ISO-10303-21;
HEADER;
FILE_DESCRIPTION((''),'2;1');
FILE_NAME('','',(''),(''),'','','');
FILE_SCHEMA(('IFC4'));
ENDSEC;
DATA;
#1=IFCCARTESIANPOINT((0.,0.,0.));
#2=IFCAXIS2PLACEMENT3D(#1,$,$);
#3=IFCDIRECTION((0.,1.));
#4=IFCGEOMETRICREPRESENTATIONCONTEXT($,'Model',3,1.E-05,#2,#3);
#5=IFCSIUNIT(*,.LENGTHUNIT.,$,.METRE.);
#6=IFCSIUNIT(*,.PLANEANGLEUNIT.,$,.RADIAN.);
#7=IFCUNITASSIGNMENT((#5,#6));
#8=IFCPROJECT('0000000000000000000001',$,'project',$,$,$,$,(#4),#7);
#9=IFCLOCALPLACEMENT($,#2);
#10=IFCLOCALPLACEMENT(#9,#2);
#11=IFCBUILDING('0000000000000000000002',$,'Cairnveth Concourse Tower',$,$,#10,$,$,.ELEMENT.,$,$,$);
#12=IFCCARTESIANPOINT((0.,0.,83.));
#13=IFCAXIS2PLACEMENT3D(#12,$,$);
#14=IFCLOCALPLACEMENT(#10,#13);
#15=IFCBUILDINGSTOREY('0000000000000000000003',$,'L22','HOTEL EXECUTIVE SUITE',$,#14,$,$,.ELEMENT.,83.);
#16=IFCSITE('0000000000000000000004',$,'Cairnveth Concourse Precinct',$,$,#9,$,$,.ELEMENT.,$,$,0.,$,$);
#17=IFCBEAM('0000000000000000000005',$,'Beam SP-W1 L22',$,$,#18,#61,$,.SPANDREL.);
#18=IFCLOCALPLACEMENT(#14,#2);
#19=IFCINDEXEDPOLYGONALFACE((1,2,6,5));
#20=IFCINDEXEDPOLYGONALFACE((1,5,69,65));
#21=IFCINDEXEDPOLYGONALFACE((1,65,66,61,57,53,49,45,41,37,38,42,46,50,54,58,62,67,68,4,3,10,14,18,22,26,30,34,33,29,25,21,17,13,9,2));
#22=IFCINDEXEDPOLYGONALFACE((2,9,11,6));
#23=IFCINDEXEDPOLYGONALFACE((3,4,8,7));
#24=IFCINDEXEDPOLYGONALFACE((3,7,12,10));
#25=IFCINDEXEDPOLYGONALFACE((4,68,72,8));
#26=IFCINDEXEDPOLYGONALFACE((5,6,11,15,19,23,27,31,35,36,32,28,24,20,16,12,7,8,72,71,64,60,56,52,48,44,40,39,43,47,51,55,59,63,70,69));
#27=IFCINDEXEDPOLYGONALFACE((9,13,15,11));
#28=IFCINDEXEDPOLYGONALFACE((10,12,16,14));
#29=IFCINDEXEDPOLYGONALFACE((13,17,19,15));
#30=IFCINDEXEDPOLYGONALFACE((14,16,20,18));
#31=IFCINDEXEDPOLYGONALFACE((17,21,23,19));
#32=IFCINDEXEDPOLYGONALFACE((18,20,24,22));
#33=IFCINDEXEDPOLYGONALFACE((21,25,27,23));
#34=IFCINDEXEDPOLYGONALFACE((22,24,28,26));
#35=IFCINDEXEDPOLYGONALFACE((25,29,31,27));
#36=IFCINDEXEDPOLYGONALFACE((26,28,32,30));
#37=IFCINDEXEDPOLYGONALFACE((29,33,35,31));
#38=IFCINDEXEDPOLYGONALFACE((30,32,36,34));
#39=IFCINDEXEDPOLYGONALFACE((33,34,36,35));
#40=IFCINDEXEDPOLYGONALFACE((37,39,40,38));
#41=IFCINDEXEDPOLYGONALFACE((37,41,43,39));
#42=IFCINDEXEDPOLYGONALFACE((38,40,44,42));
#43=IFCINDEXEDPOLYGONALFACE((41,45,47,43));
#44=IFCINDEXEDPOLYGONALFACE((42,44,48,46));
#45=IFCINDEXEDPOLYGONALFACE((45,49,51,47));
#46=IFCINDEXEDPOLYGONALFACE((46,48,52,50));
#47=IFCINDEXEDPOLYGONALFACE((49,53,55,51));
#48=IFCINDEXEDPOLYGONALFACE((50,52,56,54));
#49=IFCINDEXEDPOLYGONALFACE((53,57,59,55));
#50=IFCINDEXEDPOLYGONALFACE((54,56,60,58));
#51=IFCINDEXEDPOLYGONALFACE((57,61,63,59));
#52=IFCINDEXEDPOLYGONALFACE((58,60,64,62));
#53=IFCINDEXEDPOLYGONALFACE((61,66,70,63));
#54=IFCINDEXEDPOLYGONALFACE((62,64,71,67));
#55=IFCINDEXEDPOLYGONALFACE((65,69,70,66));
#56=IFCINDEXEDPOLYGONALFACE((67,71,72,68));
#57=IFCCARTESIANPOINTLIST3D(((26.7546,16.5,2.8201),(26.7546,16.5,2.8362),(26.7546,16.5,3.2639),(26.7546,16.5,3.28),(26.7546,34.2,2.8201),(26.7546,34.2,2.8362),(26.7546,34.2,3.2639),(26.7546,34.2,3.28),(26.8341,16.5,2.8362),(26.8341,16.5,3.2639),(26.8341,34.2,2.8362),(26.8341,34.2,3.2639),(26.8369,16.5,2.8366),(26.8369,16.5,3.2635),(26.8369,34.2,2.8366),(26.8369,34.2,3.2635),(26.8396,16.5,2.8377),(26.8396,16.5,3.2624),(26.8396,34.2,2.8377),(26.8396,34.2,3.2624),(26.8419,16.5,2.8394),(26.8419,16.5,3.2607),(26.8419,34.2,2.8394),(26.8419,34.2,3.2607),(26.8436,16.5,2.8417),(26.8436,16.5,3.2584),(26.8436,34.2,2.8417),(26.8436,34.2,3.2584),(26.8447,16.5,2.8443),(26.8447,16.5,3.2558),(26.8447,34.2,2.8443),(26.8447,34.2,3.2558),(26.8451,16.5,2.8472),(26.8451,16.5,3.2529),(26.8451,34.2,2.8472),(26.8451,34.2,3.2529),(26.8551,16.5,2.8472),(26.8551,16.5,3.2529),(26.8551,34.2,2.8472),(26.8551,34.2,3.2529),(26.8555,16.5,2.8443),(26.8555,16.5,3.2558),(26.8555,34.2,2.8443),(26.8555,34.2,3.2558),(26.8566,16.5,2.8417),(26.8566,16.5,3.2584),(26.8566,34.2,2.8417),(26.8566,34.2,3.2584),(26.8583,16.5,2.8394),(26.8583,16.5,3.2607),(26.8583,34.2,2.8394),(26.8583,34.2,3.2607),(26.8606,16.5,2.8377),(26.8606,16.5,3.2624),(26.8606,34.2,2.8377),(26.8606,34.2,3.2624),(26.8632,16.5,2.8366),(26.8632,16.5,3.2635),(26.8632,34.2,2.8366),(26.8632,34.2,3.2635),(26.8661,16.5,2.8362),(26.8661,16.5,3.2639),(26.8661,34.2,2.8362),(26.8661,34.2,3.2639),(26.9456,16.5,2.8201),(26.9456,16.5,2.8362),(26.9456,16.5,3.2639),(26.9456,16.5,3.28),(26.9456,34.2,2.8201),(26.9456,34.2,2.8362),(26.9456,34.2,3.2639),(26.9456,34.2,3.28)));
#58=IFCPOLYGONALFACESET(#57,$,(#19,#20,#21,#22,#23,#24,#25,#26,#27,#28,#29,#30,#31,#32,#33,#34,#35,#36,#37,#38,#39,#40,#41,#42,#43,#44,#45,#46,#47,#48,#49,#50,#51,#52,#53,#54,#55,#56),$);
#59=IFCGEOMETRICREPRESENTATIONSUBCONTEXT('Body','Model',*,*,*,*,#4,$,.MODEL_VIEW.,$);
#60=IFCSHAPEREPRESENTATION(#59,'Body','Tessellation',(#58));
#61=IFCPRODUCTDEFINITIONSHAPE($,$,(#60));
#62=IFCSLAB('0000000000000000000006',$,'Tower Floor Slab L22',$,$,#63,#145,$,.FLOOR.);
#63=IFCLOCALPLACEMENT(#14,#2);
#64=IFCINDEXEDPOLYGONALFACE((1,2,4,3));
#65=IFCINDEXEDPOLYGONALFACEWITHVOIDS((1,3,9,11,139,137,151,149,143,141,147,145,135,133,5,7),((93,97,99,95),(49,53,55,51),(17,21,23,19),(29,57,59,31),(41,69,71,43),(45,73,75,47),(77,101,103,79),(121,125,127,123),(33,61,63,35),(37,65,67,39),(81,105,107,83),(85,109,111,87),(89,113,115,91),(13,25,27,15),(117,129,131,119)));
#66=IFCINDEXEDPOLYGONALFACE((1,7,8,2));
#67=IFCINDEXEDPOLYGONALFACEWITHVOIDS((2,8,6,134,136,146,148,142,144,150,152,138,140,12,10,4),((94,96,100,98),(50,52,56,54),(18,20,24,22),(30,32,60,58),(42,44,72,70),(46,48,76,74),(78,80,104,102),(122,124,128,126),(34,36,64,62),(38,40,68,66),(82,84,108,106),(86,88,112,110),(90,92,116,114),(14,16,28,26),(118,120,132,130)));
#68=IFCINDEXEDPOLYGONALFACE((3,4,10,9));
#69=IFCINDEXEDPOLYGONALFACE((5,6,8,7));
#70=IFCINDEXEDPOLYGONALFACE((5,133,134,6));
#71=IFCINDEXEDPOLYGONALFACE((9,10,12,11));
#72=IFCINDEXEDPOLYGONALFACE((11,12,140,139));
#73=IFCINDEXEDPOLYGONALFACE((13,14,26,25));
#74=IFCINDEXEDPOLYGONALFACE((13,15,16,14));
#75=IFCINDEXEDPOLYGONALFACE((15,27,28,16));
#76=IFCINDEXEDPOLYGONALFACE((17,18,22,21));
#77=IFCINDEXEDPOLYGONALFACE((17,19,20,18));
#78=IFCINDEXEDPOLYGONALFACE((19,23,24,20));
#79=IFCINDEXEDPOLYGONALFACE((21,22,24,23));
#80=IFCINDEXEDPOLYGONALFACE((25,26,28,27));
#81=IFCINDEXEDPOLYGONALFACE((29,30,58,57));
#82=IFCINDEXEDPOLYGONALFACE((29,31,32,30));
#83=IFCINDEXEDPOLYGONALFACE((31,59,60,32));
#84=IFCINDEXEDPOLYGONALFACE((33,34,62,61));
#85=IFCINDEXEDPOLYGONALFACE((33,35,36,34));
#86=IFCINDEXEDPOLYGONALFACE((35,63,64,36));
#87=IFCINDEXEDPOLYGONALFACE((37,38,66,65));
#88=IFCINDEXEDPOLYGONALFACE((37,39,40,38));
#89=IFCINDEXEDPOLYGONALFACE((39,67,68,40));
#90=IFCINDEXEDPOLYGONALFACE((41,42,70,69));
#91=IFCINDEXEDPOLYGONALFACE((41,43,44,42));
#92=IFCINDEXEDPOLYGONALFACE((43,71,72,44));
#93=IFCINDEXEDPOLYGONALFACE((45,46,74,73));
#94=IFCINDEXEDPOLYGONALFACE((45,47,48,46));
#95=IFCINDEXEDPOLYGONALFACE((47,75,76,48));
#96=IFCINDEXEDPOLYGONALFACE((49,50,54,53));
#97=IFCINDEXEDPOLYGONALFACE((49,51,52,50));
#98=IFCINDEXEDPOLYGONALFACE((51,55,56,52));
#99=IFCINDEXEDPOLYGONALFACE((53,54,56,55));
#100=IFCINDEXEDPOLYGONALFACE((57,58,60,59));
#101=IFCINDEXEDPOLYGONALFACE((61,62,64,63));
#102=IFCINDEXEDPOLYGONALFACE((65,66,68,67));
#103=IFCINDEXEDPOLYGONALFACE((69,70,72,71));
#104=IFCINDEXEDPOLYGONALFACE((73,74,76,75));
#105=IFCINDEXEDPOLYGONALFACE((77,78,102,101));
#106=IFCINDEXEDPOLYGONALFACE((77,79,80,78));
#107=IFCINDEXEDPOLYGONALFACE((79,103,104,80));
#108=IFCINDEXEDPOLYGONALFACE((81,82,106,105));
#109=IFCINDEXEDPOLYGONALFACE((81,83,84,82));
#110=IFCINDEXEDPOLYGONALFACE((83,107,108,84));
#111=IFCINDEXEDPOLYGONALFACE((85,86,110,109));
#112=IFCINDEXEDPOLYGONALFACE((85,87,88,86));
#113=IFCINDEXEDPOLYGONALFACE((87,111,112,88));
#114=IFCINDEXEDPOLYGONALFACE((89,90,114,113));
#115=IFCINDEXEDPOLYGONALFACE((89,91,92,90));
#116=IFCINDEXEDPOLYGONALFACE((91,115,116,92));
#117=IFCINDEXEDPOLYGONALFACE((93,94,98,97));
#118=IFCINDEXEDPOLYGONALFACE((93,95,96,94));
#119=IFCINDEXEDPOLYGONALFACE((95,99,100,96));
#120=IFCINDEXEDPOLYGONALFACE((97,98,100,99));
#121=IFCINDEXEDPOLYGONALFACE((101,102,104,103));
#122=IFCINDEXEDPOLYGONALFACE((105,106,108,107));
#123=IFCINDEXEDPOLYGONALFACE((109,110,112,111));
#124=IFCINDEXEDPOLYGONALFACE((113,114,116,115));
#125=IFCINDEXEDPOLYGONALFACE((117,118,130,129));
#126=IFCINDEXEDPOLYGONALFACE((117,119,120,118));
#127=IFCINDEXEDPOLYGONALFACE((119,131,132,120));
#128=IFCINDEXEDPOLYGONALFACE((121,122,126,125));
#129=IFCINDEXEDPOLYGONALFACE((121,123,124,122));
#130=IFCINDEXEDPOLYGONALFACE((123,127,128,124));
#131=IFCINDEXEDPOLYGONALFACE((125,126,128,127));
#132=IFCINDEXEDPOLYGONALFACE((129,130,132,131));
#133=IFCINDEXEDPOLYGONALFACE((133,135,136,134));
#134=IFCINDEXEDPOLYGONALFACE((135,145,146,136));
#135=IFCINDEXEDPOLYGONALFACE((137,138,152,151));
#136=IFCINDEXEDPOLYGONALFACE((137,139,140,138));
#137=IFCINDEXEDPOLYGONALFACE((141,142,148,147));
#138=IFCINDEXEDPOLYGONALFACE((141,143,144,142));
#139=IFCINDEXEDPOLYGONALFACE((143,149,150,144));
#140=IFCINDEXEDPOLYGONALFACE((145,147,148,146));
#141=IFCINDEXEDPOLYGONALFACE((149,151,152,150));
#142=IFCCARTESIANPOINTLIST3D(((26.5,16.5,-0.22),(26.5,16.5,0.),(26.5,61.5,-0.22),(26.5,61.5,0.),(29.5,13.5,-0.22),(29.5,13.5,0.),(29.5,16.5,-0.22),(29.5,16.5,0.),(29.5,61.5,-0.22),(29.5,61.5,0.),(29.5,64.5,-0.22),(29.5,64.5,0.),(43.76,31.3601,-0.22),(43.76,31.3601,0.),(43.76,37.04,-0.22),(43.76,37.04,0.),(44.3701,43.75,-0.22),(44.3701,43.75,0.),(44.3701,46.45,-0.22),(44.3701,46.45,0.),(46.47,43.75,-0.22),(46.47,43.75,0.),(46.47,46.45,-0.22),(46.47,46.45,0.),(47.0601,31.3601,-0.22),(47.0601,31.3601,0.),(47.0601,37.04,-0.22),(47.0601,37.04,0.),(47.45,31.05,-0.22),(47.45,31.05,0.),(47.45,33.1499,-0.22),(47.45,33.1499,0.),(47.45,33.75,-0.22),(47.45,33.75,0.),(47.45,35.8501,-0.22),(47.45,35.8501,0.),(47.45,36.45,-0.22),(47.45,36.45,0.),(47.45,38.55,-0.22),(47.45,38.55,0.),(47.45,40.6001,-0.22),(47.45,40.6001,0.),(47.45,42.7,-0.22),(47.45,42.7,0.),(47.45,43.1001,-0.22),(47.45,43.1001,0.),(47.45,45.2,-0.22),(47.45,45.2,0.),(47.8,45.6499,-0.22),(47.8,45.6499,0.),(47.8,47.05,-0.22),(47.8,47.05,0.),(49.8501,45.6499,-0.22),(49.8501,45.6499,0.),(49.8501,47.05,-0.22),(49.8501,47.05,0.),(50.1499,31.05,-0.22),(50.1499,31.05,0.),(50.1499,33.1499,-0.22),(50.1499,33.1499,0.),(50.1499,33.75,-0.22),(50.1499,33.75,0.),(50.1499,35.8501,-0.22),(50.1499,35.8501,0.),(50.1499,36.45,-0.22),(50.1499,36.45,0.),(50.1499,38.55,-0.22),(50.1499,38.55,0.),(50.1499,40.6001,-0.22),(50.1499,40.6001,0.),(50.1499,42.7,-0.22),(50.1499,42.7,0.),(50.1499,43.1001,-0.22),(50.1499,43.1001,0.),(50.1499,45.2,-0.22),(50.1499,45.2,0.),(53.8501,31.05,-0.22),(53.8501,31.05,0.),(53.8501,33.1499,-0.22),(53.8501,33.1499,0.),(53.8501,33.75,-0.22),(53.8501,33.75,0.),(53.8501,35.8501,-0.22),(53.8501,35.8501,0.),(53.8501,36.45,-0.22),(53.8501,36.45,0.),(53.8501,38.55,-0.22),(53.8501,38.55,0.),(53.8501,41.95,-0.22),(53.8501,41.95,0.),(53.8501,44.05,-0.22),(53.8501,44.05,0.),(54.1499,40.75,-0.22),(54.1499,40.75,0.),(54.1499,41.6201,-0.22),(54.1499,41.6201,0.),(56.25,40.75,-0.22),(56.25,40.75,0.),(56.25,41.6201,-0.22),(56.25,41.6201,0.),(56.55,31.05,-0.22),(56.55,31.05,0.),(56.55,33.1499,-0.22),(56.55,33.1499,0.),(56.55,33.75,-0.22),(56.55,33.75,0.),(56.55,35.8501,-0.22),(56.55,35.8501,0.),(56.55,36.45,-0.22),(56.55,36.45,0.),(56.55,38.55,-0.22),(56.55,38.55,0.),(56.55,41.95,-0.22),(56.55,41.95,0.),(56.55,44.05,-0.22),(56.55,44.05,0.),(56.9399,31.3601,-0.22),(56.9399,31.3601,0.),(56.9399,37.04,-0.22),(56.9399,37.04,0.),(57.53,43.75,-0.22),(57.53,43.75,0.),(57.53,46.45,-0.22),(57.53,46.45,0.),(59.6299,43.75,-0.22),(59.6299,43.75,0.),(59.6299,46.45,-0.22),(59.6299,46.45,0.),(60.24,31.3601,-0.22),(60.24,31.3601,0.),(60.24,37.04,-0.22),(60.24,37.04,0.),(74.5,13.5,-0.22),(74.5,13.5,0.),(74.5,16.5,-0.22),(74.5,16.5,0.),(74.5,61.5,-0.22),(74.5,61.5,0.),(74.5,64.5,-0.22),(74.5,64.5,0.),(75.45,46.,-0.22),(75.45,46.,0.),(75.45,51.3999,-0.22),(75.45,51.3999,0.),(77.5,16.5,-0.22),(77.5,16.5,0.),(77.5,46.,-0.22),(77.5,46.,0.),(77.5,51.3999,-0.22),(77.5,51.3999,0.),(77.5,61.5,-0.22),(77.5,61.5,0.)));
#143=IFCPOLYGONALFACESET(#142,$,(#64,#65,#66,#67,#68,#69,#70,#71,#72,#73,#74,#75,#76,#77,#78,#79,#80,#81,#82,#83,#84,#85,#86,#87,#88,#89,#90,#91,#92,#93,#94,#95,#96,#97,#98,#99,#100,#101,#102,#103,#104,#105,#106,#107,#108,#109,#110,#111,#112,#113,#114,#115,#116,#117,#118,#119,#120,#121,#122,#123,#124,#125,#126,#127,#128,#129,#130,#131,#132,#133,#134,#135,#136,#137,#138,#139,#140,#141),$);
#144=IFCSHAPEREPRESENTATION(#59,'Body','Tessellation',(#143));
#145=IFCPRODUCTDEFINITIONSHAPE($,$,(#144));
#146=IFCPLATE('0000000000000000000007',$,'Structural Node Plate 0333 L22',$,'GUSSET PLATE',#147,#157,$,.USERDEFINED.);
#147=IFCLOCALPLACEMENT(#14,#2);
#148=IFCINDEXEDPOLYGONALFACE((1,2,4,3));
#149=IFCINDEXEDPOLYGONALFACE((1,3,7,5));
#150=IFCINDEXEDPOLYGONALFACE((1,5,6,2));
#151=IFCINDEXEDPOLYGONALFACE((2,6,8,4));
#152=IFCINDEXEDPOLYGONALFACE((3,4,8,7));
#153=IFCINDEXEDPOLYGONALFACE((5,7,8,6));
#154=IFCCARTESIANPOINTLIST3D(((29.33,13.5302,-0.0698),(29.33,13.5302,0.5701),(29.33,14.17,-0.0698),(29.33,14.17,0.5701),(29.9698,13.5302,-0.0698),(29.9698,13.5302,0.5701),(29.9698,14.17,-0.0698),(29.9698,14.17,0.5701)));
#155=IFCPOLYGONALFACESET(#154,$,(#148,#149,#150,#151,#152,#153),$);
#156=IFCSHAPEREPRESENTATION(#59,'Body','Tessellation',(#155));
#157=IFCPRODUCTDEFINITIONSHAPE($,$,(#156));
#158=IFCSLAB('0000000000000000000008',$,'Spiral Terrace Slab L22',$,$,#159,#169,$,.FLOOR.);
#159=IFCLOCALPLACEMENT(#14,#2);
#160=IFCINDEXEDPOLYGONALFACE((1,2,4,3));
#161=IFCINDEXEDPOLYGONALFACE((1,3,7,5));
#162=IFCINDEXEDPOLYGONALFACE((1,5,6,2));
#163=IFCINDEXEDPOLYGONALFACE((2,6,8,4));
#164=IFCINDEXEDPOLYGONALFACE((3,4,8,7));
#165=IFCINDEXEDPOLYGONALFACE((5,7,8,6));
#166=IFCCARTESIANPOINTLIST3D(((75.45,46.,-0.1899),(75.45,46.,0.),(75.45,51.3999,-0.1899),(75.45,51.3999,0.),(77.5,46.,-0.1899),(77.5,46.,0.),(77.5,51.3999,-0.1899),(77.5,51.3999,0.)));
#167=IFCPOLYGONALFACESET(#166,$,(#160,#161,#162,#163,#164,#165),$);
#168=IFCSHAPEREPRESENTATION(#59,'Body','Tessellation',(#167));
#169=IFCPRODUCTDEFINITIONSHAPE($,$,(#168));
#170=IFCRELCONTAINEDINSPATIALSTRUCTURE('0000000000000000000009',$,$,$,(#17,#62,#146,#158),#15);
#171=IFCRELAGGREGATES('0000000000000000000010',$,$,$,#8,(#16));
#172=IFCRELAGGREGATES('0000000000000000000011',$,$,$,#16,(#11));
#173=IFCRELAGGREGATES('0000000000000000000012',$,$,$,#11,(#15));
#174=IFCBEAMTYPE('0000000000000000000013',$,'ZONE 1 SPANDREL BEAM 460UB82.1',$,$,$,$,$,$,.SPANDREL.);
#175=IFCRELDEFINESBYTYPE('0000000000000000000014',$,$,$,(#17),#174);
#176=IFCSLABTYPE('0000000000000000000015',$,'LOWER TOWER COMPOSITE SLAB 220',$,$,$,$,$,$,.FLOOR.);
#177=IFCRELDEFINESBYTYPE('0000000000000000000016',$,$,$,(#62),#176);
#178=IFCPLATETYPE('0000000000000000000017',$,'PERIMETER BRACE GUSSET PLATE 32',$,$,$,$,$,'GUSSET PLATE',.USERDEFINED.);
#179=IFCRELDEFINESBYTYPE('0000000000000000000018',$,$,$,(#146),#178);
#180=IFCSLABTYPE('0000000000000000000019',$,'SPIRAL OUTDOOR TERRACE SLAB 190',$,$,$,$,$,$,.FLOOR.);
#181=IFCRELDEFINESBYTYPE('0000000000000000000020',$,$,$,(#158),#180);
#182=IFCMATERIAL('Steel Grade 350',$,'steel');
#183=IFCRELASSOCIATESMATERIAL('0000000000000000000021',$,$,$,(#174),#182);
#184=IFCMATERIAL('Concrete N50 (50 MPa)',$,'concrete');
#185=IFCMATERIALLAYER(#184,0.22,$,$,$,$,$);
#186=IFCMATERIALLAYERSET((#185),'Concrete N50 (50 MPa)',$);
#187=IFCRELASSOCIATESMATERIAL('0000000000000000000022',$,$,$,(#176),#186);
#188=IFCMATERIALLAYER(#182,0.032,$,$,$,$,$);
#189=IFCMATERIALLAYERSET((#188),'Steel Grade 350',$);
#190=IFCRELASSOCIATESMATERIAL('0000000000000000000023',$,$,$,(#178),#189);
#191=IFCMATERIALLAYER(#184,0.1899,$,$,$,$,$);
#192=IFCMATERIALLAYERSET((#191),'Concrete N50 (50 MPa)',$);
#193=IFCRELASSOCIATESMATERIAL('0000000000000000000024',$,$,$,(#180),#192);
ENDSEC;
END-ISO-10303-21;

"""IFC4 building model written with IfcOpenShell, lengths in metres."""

from ifc_helpers import new_model, si_unit, direction, frame, origin, origin_2d, place, context, subcontext, project, spatial, polyline, rectangle, i_section, outline, extrude, material, layer, layer_set, material_profile, profile_set, type_object, element, save


model = new_model("IFC4")

# Units and contexts
model_context = context("Model", 3, precision=1e-05, world=origin(), true_north=direction((0.0, 1.0)))
body_context = subcontext(model_context, "Body", "Model", "MODEL_VIEW")
ifc_project = project(units=[si_unit("LENGTHUNIT", "METRE"), si_unit("PLANEANGLEUNIT", "RADIAN")], contexts=[model_context])

# Site, building, storey
site_placement = place(None, origin())
site = spatial("IfcSite", under=ifc_project, at=site_placement, Name="Cairnveth Concourse Precinct", CompositionType="ELEMENT", RefElevation=0.0)
building_placement = place(site_placement, origin())
building = spatial("IfcBuilding", under=site, at=building_placement, Name="Cairnveth Concourse Tower", CompositionType="ELEMENT")
storey_placement = place(building_placement, frame((0.0, 0.0, 83.0)))
storey = spatial("IfcBuildingStorey", under=building, at=storey_placement, Name="L22", Description="HOTEL EXECUTIVE SUITE", CompositionType="ELEMENT", Elevation=83.0)

# Beam
ifc_material_1 = material(Name="Steel Grade 350", Category="steel")
ifc_material_profile_1 = material_profile(ifc_material_1, i_section(OverallWidth=0.1909, OverallDepth=0.46, WebThickness=0.01, FlangeThickness=0.0161, FilletRadius=0.011, at=origin_2d()), Name="460UB82.1")
ifc_profile_set_1 = profile_set([ifc_material_profile_1], Name="Steel Grade 350")
beam_type_1 = type_object("IfcBeamType", Name="ZONE 1 SPANDREL BEAM 460UB82.1", PredefinedType="SPANDREL", material=ifc_profile_set_1)
for number, where, z_axis, x_axis, name in (
    (1, (26.8501, 16.5, 3.05), (0.0, 1.0, 0.0), (-1.0, 0.0, 0.0), "Beam SP-W1 L22"),
):
    element("IfcBeam", number, at=place(storey_placement, frame(where, z_axis=z_axis, x_axis=x_axis)), inside=storey, type_object=beam_type_1, Name=name, PredefinedType="SPANDREL", context=body_context, shape_type="SweptSolid", body=[
        extrude(i_section(OverallWidth=0.1909, OverallDepth=0.46, WebThickness=0.01, FlangeThickness=0.0161, FilletRadius=0.011, at=origin_2d()), origin(), (0.0, 0.0, 1.0), 17.7),
    ])

# Slab
ifc_material_2 = material(Name="Concrete N50 (50 MPa)", Category="concrete")
ifc_layer_1 = layer(ifc_material_2, 0.22)
ifc_layer_set_1 = layer_set([ifc_layer_1], Name="Concrete N50 (50 MPa)")
slab_type_1 = type_object("IfcSlabType", Name="LOWER TOWER COMPOSITE SLAB 220", PredefinedType="FLOOR", material=ifc_layer_set_1)
slab_1_placement = place(storey_placement, frame((0.0, 0.0, -0.22)))
element("IfcSlab", 2, at=slab_1_placement, inside=storey, type_object=slab_type_1, Name="Tower Floor Slab L22", PredefinedType="FLOOR", context=body_context, shape_type="SweptSolid", body=[
    extrude(outline(polyline([(77.5, 46.0), (75.45, 46.0), (75.45, 51.3999), (77.5, 51.3999), (77.5, 61.5), (74.5, 61.5), (74.5, 64.5), (29.5, 64.5), (29.5, 61.5), (26.5, 61.5), (26.5, 16.5), (29.5, 16.5), (29.5, 13.5), (74.5, 13.5), (74.5, 16.5), (77.5, 16.5), (77.5, 46.0)]), holes=[polyline([(43.76, 31.3601), (47.0601, 31.3601), (47.0601, 37.04), (43.76, 37.04), (43.76, 31.3601)]), polyline([(56.9399, 31.3601), (60.24, 31.3601), (60.24, 37.04), (56.9399, 37.04), (56.9399, 31.3601)]), polyline([(44.3701, 43.75), (46.47, 43.75), (46.47, 46.45), (44.3701, 46.45), (44.3701, 43.75)]), polyline([(57.53, 43.75), (59.6299, 43.75), (59.6299, 46.45), (57.53, 46.45), (57.53, 43.75)]), polyline([(47.45, 31.05), (50.1499, 31.05), (50.1499, 33.1499), (47.45, 33.1499), (47.45, 31.05)]), polyline([(47.45, 33.75), (50.1499, 33.75), (50.1499, 35.8501), (47.45, 35.8501), (47.45, 33.75)]), polyline([(47.45, 36.45), (50.1499, 36.45), (50.1499, 38.55), (47.45, 38.55), (47.45, 36.45)]), polyline([(53.8501, 31.05), (56.55, 31.05), (56.55, 33.1499), (53.8501, 33.1499), (53.8501, 31.05)]), polyline([(53.8501, 33.75), (56.55, 33.75), (56.55, 35.8501), (53.8501, 35.8501), (53.8501, 33.75)]), polyline([(53.8501, 36.45), (56.55, 36.45), (56.55, 38.55), (53.8501, 38.55), (53.8501, 36.45)]), polyline([(47.45, 40.6001), (50.1499, 40.6001), (50.1499, 42.7), (47.45, 42.7), (47.45, 40.6001)]), polyline([(47.45, 43.1001), (50.1499, 43.1001), (50.1499, 45.2), (47.45, 45.2), (47.45, 43.1001)]), polyline([(53.8501, 41.95), (56.55, 41.95), (56.55, 44.05), (53.8501, 44.05), (53.8501, 41.95)]), polyline([(47.8, 45.6499), (49.8501, 45.6499), (49.8501, 47.05), (47.8, 47.05), (47.8, 45.6499)]), polyline([(54.1499, 40.75), (56.25, 40.75), (56.25, 41.6201), (54.1499, 41.6201), (54.1499, 40.75)])]), origin(), (0.0, 0.0, 1.0), 0.22),
])

# Plate
ifc_layer_2 = layer(ifc_material_1, 0.032)
ifc_layer_set_2 = layer_set([ifc_layer_2], Name="Steel Grade 350")
plate_type = type_object("IfcPlateType", Name="PERIMETER BRACE GUSSET PLATE 32", ElementType="GUSSET PLATE", PredefinedType="USERDEFINED", material=ifc_layer_set_2)
plate_placement = place(storey_placement, frame((29.6499, 13.8501, -0.0698), z_axis=(0.0, 0.0, 1.0), x_axis=(1.0, 0.0, 0.0)))
element("IfcPlate", 3, at=plate_placement, inside=storey, type_object=plate_type, Name="Structural Node Plate 0333 L22", ObjectType="GUSSET PLATE", PredefinedType="USERDEFINED", context=body_context, shape_type="SweptSolid", body=[
    extrude(rectangle(XDim=0.6399, YDim=0.6399, at=origin_2d()), origin(), (0.0, 0.0, 1.0), 0.6399),
])

# Slab
ifc_layer_3 = layer(ifc_material_2, 0.1899)
ifc_layer_set_3 = layer_set([ifc_layer_3], Name="Concrete N50 (50 MPa)")
slab_type_2 = type_object("IfcSlabType", Name="SPIRAL OUTDOOR TERRACE SLAB 190", PredefinedType="FLOOR", material=ifc_layer_set_3)
slab_2_placement = place(storey_placement, frame((0.0, 0.0, -0.1899)))
element("IfcSlab", 4, at=slab_2_placement, inside=storey, type_object=slab_type_2, Name="Spiral Terrace Slab L22", PredefinedType="FLOOR", context=body_context, shape_type="SweptSolid", body=[
    extrude(outline(polyline([(75.45, 46.0), (77.5, 46.0), (77.5, 51.3999), (75.45, 51.3999), (75.45, 46.0)])), origin(), (0.0, 0.0, 1.0), 0.1899),
])

save(model, "model.ifc")
